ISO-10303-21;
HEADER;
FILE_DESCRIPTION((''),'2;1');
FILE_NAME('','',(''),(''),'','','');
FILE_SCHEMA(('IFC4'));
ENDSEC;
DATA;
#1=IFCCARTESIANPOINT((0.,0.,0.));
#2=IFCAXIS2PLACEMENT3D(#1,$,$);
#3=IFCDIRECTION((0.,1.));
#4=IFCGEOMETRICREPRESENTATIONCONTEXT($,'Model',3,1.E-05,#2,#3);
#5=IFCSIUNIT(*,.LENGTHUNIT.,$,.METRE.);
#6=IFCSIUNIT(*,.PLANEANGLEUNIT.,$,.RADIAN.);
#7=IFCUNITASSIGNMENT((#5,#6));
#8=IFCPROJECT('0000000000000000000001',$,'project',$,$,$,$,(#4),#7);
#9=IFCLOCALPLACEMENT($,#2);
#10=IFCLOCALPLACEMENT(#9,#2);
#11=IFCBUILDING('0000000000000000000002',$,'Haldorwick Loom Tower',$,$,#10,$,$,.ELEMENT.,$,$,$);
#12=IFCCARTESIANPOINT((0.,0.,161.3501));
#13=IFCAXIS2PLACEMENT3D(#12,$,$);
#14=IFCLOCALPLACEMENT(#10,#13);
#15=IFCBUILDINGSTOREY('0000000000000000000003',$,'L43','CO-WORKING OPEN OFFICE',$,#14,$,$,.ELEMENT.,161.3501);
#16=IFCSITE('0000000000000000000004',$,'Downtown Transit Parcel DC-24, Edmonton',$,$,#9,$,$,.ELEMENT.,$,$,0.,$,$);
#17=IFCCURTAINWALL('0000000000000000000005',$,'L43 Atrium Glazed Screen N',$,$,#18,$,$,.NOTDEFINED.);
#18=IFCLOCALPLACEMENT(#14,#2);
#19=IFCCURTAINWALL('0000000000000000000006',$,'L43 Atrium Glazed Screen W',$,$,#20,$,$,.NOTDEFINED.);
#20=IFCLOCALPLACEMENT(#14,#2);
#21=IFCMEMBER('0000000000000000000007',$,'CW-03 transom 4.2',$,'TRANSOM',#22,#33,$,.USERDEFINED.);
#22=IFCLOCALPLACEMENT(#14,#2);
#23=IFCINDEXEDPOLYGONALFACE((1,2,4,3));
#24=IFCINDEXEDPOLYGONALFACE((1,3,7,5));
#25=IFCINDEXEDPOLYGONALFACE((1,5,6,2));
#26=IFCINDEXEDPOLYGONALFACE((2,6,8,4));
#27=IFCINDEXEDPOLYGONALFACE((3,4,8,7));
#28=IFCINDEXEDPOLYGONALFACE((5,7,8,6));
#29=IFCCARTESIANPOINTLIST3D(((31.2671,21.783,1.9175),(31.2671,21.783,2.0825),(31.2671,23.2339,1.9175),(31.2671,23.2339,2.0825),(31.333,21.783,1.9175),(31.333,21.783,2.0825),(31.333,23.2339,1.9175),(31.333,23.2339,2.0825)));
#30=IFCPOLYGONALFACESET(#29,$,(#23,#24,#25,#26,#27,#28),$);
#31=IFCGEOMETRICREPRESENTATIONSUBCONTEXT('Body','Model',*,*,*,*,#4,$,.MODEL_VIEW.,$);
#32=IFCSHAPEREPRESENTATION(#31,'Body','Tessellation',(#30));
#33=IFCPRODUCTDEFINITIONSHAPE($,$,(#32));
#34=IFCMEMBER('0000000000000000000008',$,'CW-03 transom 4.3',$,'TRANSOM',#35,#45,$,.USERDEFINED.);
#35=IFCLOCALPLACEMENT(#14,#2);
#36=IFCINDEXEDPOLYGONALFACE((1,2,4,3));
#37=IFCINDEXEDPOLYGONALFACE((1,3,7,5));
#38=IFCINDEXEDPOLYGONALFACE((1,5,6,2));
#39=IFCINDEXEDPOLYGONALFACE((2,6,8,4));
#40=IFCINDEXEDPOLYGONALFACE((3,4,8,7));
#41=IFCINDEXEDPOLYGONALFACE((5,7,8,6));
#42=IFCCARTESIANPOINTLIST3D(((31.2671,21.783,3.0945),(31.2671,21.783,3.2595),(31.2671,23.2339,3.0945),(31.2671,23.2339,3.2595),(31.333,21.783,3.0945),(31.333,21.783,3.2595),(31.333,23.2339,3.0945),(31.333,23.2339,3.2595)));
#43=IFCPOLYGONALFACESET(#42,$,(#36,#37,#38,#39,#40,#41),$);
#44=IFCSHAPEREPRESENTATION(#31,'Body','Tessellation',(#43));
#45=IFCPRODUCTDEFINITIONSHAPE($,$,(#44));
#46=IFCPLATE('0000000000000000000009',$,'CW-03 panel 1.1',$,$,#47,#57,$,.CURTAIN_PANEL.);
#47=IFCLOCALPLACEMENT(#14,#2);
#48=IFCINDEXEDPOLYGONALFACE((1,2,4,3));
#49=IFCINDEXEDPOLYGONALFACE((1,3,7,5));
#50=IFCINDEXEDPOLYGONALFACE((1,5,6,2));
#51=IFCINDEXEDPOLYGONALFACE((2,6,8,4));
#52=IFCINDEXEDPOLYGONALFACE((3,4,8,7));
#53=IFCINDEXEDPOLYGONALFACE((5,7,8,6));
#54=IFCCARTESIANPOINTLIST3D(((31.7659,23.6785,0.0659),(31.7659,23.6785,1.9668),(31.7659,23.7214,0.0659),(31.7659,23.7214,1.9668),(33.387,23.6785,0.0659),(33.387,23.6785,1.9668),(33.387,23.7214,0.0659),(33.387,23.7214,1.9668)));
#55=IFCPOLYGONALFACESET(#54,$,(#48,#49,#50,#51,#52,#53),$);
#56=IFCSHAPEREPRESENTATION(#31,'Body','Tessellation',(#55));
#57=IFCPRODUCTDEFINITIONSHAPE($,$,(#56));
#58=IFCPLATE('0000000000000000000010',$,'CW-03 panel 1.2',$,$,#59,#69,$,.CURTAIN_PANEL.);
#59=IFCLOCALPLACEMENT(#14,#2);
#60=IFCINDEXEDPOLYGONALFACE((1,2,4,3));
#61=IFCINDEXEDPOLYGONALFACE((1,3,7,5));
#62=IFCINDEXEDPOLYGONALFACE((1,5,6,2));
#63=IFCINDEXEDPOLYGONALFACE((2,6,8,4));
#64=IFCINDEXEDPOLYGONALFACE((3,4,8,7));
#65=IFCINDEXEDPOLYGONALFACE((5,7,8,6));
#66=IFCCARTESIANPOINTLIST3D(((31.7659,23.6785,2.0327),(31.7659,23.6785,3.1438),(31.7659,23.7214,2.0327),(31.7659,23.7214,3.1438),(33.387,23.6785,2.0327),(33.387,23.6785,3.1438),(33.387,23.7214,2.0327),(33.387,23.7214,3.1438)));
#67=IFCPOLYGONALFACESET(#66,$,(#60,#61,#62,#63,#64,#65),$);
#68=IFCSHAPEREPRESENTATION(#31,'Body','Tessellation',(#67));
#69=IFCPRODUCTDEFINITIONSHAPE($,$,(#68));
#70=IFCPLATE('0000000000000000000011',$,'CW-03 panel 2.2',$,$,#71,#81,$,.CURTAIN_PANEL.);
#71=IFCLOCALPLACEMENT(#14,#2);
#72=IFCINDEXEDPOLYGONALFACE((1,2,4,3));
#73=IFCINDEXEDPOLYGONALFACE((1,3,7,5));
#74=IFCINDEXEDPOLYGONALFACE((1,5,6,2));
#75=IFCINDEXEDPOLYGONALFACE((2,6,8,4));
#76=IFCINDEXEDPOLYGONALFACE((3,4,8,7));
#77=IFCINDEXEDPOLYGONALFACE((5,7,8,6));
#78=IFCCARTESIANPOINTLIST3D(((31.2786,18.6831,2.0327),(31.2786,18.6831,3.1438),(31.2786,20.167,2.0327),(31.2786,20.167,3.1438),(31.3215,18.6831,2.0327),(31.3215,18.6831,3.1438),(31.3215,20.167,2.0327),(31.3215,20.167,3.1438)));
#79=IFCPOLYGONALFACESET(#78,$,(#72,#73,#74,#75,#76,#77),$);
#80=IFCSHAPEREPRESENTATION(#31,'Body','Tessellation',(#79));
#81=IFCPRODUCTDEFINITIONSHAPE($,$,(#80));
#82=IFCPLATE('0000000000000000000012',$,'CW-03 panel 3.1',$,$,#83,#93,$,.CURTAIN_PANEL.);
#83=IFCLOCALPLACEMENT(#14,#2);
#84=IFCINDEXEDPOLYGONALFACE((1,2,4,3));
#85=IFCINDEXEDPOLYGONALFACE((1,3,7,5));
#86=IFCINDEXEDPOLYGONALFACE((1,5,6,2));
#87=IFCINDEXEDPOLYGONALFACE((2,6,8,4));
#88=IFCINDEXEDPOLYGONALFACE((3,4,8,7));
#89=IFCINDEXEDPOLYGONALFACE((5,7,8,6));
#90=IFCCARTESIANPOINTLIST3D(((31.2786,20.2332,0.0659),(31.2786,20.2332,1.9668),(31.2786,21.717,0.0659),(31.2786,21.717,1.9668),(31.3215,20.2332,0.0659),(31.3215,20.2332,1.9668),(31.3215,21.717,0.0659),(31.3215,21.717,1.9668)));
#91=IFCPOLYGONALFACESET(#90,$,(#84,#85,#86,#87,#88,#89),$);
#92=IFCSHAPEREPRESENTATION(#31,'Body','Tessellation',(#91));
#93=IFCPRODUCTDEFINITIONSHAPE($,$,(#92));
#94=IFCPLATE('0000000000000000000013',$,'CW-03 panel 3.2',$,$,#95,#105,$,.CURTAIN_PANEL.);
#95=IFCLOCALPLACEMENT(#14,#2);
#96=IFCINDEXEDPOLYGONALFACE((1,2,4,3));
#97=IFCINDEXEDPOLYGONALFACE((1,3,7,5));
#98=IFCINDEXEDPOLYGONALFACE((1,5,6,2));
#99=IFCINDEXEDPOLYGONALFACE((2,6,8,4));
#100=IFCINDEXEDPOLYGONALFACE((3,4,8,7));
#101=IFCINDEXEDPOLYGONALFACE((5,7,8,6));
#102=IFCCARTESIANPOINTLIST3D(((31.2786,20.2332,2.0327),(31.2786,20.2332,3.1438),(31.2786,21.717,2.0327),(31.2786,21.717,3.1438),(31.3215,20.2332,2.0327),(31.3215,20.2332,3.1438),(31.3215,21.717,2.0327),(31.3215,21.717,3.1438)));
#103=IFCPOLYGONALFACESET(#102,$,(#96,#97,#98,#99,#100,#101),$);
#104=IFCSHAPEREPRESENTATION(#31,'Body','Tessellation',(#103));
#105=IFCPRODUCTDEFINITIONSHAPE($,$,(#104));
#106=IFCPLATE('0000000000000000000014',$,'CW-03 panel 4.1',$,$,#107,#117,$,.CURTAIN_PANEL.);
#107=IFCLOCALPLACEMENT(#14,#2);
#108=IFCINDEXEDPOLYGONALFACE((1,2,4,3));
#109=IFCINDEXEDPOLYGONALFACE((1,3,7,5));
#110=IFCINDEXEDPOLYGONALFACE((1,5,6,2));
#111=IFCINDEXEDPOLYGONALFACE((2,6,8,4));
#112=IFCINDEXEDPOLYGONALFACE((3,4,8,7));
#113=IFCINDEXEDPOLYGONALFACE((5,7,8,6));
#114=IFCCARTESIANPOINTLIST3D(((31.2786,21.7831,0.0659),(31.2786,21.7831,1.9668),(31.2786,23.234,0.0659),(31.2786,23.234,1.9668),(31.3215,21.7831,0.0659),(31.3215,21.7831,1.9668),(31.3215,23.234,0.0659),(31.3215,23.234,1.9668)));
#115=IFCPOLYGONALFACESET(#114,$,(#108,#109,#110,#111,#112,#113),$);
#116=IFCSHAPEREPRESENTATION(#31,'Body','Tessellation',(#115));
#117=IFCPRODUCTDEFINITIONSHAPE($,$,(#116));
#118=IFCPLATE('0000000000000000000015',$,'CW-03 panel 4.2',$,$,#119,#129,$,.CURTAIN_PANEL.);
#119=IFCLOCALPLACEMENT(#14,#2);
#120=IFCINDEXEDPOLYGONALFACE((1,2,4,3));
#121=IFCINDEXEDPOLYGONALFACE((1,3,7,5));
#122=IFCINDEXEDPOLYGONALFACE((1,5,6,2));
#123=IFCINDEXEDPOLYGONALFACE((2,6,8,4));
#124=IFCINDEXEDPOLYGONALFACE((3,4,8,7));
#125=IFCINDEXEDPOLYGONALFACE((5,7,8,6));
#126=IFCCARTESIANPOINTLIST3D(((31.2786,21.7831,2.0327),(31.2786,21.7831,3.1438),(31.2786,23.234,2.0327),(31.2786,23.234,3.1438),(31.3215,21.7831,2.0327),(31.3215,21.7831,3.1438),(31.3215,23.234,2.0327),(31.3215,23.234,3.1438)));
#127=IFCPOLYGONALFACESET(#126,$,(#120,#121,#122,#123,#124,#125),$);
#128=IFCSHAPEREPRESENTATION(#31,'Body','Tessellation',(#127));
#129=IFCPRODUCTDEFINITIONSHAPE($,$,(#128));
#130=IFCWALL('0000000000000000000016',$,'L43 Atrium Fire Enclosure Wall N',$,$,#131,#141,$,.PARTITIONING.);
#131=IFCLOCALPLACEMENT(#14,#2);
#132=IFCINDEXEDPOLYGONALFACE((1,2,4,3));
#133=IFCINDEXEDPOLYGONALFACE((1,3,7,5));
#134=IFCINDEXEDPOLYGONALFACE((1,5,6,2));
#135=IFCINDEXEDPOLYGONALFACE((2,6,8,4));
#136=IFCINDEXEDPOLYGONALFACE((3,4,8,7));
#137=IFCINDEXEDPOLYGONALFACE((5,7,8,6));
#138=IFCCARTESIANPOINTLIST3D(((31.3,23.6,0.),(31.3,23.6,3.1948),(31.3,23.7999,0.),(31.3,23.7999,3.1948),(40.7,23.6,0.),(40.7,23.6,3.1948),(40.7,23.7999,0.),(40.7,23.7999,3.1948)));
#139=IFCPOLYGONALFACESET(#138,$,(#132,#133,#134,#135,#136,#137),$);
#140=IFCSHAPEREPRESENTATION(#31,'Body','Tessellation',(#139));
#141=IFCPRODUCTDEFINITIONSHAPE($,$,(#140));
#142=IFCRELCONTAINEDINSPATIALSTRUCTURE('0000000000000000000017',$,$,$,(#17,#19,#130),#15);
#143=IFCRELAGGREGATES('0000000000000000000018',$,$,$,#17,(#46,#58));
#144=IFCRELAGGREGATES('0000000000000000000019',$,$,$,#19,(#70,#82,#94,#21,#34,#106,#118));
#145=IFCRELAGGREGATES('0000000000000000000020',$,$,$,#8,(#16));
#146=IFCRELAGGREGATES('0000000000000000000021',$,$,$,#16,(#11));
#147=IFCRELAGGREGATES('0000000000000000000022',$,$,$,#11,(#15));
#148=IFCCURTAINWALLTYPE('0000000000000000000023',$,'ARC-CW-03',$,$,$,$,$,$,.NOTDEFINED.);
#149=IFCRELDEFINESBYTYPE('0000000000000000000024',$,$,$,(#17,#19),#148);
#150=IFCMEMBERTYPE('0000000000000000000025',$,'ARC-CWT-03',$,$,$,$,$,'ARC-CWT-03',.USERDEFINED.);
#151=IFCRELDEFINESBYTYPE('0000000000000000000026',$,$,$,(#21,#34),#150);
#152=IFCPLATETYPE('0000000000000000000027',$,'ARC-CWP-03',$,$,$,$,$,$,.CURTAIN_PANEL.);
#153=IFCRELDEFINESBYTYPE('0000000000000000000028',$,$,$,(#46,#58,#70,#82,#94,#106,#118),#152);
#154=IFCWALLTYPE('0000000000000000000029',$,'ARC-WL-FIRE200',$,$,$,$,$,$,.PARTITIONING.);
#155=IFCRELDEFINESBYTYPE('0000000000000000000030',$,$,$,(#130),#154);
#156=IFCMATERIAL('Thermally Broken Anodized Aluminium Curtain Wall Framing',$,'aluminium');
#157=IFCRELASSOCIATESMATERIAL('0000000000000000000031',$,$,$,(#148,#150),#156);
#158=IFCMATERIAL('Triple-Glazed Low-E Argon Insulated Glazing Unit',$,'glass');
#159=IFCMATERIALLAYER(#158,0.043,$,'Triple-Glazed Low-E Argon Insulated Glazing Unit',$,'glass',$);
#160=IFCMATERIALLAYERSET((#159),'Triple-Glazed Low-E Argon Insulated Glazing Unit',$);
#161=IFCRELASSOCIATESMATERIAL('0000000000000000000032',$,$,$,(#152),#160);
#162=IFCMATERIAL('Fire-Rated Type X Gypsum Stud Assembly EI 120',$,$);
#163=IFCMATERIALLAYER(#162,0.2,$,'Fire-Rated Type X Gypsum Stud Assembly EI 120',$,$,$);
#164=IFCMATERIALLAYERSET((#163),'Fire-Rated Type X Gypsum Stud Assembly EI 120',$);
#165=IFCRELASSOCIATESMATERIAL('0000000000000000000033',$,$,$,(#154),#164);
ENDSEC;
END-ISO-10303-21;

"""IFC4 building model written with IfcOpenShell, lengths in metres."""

from ifc_helpers import new_model, si_unit, direction, frame, frame_2d, origin, origin_2d, place, context, subcontext, project, spatial, rectangle, extrude, material, layer, layer_set, material_profile, profile_set, type_object, element, aggregate, save


model = new_model("IFC4")

# Units and contexts
model_context = context("Model", 3, precision=1e-05, world=origin(), true_north=direction((0.0, 1.0)))
body_context = subcontext(model_context, "Body", "Model", "MODEL_VIEW")
ifc_project = project(units=[si_unit("LENGTHUNIT", "METRE"), si_unit("PLANEANGLEUNIT", "RADIAN")], contexts=[model_context])

# Site, building, storey
site_placement = place(None, origin())
site = spatial("IfcSite", under=ifc_project, at=site_placement, Name="Downtown Transit Parcel DC-24, Edmonton", CompositionType="ELEMENT", RefElevation=0.0)
building_placement = place(site_placement, origin())
building = spatial("IfcBuilding", under=site, at=building_placement, Name="Haldorwick Loom Tower", CompositionType="ELEMENT")
storey_placement = place(building_placement, frame((0.0, 0.0, 161.3501)))
storey = spatial("IfcBuildingStorey", under=building, at=storey_placement, Name="L43", Description="CO-WORKING OPEN OFFICE", CompositionType="ELEMENT", Elevation=161.3501)

# Curtain walls
ifc_material_1 = material(Name="Thermally Broken Anodized Aluminium Curtain Wall Framing", Category="aluminium")
curtain_wall_type = type_object("IfcCurtainWallType", Name="ARC-CW-03", PredefinedType="NOTDEFINED", material=ifc_material_1)
curtain_wall_1_placement = place(storey_placement, origin())
curtain_wall_1 = element("IfcCurtainWall", 1, at=curtain_wall_1_placement, inside=storey, type_object=curtain_wall_type, Name="L43 Atrium Glazed Screen N", PredefinedType="NOTDEFINED")
curtain_wall_2_placement = place(storey_placement, origin())
curtain_wall_2 = element("IfcCurtainWall", 2, at=curtain_wall_2_placement, inside=storey, type_object=curtain_wall_type, Name="L43 Atrium Glazed Screen W", PredefinedType="NOTDEFINED")

# Members
ifc_material_profile_1 = material_profile(ifc_material_1, rectangle(XDim=0.0659, YDim=0.165, at=origin_2d()), Name="ALU_TRN_66X165", Category="aluminium")
ifc_profile_set_1 = profile_set([ifc_material_profile_1], Name="Thermally Broken Anodized Aluminium Curtain Wall Framing")
member_type_1 = type_object("IfcMemberType", Name="ARC-CWT-03", ElementType="ARC-CWT-03", PredefinedType="USERDEFINED", material=ifc_profile_set_1)
member_1_placement = place(storey_placement, frame((31.3, 21.783, 2.0), z_axis=(0.0, 1.0, 0.0), x_axis=(-1.0, 0.0, 0.0)))
member_1 = element("IfcMember", 3, at=member_1_placement, type_object=member_type_1, Name="CW-03 transom 4.2", ObjectType="TRANSOM", PredefinedType="USERDEFINED", context=body_context, shape_type="SweptSolid", body=[
    extrude(rectangle(XDim=0.0659, YDim=0.165, at=origin_2d()), origin(), (0.0, 0.0, 1.0), 1.4509),
])
member_2_placement = place(storey_placement, frame((31.3, 21.783, 3.177), z_axis=(0.0, 1.0, 0.0), x_axis=(-1.0, 0.0, 0.0)))
member_2 = element("IfcMember", 4, at=member_2_placement, type_object=member_type_1, Name="CW-03 transom 4.3", ObjectType="TRANSOM", PredefinedType="USERDEFINED", context=body_context, shape_type="SweptSolid", body=[
    extrude(rectangle(XDim=0.0659, YDim=0.165, at=origin_2d()), origin(), (0.0, 0.0, 1.0), 1.4509),
])

# Plates
ifc_material_2 = material(Name="Triple-Glazed Low-E Argon Insulated Glazing Unit", Category="glass")
ifc_layer_1 = layer(ifc_material_2, 0.043, Name="Triple-Glazed Low-E Argon Insulated Glazing Unit", Category="glass")
ifc_layer_set_1 = layer_set([ifc_layer_1], Name="Triple-Glazed Low-E Argon Insulated Glazing Unit")
plate_type = type_object("IfcPlateType", Name="ARC-CWP-03", PredefinedType="CURTAIN_PANEL", material=ifc_layer_set_1)
plate_1_placement = place(storey_placement, frame((32.5764, 23.7, 0.0659), z_axis=(0.0, 0.0, 1.0), x_axis=(1.0, 0.0, 0.0)))
plate_1 = element("IfcPlate", 5, at=plate_1_placement, type_object=plate_type, Name="CW-03 panel 1.1", PredefinedType="CURTAIN_PANEL", context=body_context, shape_type="SweptSolid", body=[
    extrude(rectangle(XDim=1.6211, YDim=0.043, at=origin_2d()), origin(), (0.0, 0.0, 1.0), 1.9009),
])
plate_2_placement = place(storey_placement, frame((32.5764, 23.7, 2.0327), z_axis=(0.0, 0.0, 1.0), x_axis=(1.0, 0.0, 0.0)))
plate_2 = element("IfcPlate", 6, at=plate_2_placement, type_object=plate_type, Name="CW-03 panel 1.2", PredefinedType="CURTAIN_PANEL", context=body_context, shape_type="SweptSolid", body=[
    extrude(rectangle(XDim=1.6211, YDim=0.043, at=origin_2d()), origin(), (0.0, 0.0, 1.0), 1.1111),
])
aggregate(curtain_wall_1, [plate_1, plate_2])
plate_3_placement = place(storey_placement, frame((31.3, 19.425, 2.0327), z_axis=(0.0, 0.0, 1.0), x_axis=(0.0, 1.0, 0.0)))
plate_3 = element("IfcPlate", 7, at=plate_3_placement, type_object=plate_type, Name="CW-03 panel 2.2", PredefinedType="CURTAIN_PANEL", context=body_context, shape_type="SweptSolid", body=[
    extrude(rectangle(XDim=1.4839, YDim=0.043, at=origin_2d()), origin(), (0.0, 0.0, 1.0), 1.1111),
])
plate_4_placement = place(storey_placement, frame((31.3, 20.9751, 0.0659), z_axis=(0.0, 0.0, 1.0), x_axis=(0.0, 1.0, 0.0)))
plate_4 = element("IfcPlate", 8, at=plate_4_placement, type_object=plate_type, Name="CW-03 panel 3.1", PredefinedType="CURTAIN_PANEL", context=body_context, shape_type="SweptSolid", body=[
    extrude(rectangle(XDim=1.4839, YDim=0.043, at=origin_2d()), origin(), (0.0, 0.0, 1.0), 1.9009),
])
plate_5_placement = place(storey_placement, frame((31.3, 20.9751, 2.0327), z_axis=(0.0, 0.0, 1.0), x_axis=(0.0, 1.0, 0.0)))
plate_5 = element("IfcPlate", 9, at=plate_5_placement, type_object=plate_type, Name="CW-03 panel 3.2", PredefinedType="CURTAIN_PANEL", context=body_context, shape_type="SweptSolid", body=[
    extrude(rectangle(XDim=1.4839, YDim=0.043, at=origin_2d()), origin(), (0.0, 0.0, 1.0), 1.1111),
])
plate_6_placement = place(storey_placement, frame((31.3, 22.5085, 0.0659), z_axis=(0.0, 0.0, 1.0), x_axis=(0.0, 1.0, 0.0)))
plate_6 = element("IfcPlate", 10, at=plate_6_placement, type_object=plate_type, Name="CW-03 panel 4.1", PredefinedType="CURTAIN_PANEL", context=body_context, shape_type="SweptSolid", body=[
    extrude(rectangle(XDim=1.4509, YDim=0.043, at=origin_2d()), origin(), (0.0, 0.0, 1.0), 1.9009),
])
plate_7_placement = place(storey_placement, frame((31.3, 22.5085, 2.0327), z_axis=(0.0, 0.0, 1.0), x_axis=(0.0, 1.0, 0.0)))
plate_7 = element("IfcPlate", 11, at=plate_7_placement, type_object=plate_type, Name="CW-03 panel 4.2", PredefinedType="CURTAIN_PANEL", context=body_context, shape_type="SweptSolid", body=[
    extrude(rectangle(XDim=1.4509, YDim=0.043, at=origin_2d()), origin(), (0.0, 0.0, 1.0), 1.1111),
])
aggregate(curtain_wall_2, [plate_3, plate_4, plate_5, member_1, member_2, plate_6, plate_7])

# Wall
ifc_material_3 = material(Name="Fire-Rated Type X Gypsum Stud Assembly EI 120")
ifc_layer_2 = layer(ifc_material_3, 0.2, Name="Fire-Rated Type X Gypsum Stud Assembly EI 120")
ifc_layer_set_2 = layer_set([ifc_layer_2], Name="Fire-Rated Type X Gypsum Stud Assembly EI 120")
wall_type = type_object("IfcWallType", Name="ARC-WL-FIRE200", PredefinedType="PARTITIONING", material=ifc_layer_set_2)
wall_placement = place(storey_placement, frame((31.3, 23.7, 0.0), z_axis=(0.0, 0.0, 1.0), x_axis=(1.0, 0.0, 0.0)))
element("IfcWall", 12, at=wall_placement, inside=storey, type_object=wall_type, Name="L43 Atrium Fire Enclosure Wall N", PredefinedType="PARTITIONING", context=body_context, shape_type="SweptSolid", body=[
    extrude(rectangle(XDim=9.3999, YDim=0.2, at=frame_2d((4.7, 0.0))), origin(), (0.0, 0.0, 1.0), 3.1948),
])

save(model, "model.ifc")
